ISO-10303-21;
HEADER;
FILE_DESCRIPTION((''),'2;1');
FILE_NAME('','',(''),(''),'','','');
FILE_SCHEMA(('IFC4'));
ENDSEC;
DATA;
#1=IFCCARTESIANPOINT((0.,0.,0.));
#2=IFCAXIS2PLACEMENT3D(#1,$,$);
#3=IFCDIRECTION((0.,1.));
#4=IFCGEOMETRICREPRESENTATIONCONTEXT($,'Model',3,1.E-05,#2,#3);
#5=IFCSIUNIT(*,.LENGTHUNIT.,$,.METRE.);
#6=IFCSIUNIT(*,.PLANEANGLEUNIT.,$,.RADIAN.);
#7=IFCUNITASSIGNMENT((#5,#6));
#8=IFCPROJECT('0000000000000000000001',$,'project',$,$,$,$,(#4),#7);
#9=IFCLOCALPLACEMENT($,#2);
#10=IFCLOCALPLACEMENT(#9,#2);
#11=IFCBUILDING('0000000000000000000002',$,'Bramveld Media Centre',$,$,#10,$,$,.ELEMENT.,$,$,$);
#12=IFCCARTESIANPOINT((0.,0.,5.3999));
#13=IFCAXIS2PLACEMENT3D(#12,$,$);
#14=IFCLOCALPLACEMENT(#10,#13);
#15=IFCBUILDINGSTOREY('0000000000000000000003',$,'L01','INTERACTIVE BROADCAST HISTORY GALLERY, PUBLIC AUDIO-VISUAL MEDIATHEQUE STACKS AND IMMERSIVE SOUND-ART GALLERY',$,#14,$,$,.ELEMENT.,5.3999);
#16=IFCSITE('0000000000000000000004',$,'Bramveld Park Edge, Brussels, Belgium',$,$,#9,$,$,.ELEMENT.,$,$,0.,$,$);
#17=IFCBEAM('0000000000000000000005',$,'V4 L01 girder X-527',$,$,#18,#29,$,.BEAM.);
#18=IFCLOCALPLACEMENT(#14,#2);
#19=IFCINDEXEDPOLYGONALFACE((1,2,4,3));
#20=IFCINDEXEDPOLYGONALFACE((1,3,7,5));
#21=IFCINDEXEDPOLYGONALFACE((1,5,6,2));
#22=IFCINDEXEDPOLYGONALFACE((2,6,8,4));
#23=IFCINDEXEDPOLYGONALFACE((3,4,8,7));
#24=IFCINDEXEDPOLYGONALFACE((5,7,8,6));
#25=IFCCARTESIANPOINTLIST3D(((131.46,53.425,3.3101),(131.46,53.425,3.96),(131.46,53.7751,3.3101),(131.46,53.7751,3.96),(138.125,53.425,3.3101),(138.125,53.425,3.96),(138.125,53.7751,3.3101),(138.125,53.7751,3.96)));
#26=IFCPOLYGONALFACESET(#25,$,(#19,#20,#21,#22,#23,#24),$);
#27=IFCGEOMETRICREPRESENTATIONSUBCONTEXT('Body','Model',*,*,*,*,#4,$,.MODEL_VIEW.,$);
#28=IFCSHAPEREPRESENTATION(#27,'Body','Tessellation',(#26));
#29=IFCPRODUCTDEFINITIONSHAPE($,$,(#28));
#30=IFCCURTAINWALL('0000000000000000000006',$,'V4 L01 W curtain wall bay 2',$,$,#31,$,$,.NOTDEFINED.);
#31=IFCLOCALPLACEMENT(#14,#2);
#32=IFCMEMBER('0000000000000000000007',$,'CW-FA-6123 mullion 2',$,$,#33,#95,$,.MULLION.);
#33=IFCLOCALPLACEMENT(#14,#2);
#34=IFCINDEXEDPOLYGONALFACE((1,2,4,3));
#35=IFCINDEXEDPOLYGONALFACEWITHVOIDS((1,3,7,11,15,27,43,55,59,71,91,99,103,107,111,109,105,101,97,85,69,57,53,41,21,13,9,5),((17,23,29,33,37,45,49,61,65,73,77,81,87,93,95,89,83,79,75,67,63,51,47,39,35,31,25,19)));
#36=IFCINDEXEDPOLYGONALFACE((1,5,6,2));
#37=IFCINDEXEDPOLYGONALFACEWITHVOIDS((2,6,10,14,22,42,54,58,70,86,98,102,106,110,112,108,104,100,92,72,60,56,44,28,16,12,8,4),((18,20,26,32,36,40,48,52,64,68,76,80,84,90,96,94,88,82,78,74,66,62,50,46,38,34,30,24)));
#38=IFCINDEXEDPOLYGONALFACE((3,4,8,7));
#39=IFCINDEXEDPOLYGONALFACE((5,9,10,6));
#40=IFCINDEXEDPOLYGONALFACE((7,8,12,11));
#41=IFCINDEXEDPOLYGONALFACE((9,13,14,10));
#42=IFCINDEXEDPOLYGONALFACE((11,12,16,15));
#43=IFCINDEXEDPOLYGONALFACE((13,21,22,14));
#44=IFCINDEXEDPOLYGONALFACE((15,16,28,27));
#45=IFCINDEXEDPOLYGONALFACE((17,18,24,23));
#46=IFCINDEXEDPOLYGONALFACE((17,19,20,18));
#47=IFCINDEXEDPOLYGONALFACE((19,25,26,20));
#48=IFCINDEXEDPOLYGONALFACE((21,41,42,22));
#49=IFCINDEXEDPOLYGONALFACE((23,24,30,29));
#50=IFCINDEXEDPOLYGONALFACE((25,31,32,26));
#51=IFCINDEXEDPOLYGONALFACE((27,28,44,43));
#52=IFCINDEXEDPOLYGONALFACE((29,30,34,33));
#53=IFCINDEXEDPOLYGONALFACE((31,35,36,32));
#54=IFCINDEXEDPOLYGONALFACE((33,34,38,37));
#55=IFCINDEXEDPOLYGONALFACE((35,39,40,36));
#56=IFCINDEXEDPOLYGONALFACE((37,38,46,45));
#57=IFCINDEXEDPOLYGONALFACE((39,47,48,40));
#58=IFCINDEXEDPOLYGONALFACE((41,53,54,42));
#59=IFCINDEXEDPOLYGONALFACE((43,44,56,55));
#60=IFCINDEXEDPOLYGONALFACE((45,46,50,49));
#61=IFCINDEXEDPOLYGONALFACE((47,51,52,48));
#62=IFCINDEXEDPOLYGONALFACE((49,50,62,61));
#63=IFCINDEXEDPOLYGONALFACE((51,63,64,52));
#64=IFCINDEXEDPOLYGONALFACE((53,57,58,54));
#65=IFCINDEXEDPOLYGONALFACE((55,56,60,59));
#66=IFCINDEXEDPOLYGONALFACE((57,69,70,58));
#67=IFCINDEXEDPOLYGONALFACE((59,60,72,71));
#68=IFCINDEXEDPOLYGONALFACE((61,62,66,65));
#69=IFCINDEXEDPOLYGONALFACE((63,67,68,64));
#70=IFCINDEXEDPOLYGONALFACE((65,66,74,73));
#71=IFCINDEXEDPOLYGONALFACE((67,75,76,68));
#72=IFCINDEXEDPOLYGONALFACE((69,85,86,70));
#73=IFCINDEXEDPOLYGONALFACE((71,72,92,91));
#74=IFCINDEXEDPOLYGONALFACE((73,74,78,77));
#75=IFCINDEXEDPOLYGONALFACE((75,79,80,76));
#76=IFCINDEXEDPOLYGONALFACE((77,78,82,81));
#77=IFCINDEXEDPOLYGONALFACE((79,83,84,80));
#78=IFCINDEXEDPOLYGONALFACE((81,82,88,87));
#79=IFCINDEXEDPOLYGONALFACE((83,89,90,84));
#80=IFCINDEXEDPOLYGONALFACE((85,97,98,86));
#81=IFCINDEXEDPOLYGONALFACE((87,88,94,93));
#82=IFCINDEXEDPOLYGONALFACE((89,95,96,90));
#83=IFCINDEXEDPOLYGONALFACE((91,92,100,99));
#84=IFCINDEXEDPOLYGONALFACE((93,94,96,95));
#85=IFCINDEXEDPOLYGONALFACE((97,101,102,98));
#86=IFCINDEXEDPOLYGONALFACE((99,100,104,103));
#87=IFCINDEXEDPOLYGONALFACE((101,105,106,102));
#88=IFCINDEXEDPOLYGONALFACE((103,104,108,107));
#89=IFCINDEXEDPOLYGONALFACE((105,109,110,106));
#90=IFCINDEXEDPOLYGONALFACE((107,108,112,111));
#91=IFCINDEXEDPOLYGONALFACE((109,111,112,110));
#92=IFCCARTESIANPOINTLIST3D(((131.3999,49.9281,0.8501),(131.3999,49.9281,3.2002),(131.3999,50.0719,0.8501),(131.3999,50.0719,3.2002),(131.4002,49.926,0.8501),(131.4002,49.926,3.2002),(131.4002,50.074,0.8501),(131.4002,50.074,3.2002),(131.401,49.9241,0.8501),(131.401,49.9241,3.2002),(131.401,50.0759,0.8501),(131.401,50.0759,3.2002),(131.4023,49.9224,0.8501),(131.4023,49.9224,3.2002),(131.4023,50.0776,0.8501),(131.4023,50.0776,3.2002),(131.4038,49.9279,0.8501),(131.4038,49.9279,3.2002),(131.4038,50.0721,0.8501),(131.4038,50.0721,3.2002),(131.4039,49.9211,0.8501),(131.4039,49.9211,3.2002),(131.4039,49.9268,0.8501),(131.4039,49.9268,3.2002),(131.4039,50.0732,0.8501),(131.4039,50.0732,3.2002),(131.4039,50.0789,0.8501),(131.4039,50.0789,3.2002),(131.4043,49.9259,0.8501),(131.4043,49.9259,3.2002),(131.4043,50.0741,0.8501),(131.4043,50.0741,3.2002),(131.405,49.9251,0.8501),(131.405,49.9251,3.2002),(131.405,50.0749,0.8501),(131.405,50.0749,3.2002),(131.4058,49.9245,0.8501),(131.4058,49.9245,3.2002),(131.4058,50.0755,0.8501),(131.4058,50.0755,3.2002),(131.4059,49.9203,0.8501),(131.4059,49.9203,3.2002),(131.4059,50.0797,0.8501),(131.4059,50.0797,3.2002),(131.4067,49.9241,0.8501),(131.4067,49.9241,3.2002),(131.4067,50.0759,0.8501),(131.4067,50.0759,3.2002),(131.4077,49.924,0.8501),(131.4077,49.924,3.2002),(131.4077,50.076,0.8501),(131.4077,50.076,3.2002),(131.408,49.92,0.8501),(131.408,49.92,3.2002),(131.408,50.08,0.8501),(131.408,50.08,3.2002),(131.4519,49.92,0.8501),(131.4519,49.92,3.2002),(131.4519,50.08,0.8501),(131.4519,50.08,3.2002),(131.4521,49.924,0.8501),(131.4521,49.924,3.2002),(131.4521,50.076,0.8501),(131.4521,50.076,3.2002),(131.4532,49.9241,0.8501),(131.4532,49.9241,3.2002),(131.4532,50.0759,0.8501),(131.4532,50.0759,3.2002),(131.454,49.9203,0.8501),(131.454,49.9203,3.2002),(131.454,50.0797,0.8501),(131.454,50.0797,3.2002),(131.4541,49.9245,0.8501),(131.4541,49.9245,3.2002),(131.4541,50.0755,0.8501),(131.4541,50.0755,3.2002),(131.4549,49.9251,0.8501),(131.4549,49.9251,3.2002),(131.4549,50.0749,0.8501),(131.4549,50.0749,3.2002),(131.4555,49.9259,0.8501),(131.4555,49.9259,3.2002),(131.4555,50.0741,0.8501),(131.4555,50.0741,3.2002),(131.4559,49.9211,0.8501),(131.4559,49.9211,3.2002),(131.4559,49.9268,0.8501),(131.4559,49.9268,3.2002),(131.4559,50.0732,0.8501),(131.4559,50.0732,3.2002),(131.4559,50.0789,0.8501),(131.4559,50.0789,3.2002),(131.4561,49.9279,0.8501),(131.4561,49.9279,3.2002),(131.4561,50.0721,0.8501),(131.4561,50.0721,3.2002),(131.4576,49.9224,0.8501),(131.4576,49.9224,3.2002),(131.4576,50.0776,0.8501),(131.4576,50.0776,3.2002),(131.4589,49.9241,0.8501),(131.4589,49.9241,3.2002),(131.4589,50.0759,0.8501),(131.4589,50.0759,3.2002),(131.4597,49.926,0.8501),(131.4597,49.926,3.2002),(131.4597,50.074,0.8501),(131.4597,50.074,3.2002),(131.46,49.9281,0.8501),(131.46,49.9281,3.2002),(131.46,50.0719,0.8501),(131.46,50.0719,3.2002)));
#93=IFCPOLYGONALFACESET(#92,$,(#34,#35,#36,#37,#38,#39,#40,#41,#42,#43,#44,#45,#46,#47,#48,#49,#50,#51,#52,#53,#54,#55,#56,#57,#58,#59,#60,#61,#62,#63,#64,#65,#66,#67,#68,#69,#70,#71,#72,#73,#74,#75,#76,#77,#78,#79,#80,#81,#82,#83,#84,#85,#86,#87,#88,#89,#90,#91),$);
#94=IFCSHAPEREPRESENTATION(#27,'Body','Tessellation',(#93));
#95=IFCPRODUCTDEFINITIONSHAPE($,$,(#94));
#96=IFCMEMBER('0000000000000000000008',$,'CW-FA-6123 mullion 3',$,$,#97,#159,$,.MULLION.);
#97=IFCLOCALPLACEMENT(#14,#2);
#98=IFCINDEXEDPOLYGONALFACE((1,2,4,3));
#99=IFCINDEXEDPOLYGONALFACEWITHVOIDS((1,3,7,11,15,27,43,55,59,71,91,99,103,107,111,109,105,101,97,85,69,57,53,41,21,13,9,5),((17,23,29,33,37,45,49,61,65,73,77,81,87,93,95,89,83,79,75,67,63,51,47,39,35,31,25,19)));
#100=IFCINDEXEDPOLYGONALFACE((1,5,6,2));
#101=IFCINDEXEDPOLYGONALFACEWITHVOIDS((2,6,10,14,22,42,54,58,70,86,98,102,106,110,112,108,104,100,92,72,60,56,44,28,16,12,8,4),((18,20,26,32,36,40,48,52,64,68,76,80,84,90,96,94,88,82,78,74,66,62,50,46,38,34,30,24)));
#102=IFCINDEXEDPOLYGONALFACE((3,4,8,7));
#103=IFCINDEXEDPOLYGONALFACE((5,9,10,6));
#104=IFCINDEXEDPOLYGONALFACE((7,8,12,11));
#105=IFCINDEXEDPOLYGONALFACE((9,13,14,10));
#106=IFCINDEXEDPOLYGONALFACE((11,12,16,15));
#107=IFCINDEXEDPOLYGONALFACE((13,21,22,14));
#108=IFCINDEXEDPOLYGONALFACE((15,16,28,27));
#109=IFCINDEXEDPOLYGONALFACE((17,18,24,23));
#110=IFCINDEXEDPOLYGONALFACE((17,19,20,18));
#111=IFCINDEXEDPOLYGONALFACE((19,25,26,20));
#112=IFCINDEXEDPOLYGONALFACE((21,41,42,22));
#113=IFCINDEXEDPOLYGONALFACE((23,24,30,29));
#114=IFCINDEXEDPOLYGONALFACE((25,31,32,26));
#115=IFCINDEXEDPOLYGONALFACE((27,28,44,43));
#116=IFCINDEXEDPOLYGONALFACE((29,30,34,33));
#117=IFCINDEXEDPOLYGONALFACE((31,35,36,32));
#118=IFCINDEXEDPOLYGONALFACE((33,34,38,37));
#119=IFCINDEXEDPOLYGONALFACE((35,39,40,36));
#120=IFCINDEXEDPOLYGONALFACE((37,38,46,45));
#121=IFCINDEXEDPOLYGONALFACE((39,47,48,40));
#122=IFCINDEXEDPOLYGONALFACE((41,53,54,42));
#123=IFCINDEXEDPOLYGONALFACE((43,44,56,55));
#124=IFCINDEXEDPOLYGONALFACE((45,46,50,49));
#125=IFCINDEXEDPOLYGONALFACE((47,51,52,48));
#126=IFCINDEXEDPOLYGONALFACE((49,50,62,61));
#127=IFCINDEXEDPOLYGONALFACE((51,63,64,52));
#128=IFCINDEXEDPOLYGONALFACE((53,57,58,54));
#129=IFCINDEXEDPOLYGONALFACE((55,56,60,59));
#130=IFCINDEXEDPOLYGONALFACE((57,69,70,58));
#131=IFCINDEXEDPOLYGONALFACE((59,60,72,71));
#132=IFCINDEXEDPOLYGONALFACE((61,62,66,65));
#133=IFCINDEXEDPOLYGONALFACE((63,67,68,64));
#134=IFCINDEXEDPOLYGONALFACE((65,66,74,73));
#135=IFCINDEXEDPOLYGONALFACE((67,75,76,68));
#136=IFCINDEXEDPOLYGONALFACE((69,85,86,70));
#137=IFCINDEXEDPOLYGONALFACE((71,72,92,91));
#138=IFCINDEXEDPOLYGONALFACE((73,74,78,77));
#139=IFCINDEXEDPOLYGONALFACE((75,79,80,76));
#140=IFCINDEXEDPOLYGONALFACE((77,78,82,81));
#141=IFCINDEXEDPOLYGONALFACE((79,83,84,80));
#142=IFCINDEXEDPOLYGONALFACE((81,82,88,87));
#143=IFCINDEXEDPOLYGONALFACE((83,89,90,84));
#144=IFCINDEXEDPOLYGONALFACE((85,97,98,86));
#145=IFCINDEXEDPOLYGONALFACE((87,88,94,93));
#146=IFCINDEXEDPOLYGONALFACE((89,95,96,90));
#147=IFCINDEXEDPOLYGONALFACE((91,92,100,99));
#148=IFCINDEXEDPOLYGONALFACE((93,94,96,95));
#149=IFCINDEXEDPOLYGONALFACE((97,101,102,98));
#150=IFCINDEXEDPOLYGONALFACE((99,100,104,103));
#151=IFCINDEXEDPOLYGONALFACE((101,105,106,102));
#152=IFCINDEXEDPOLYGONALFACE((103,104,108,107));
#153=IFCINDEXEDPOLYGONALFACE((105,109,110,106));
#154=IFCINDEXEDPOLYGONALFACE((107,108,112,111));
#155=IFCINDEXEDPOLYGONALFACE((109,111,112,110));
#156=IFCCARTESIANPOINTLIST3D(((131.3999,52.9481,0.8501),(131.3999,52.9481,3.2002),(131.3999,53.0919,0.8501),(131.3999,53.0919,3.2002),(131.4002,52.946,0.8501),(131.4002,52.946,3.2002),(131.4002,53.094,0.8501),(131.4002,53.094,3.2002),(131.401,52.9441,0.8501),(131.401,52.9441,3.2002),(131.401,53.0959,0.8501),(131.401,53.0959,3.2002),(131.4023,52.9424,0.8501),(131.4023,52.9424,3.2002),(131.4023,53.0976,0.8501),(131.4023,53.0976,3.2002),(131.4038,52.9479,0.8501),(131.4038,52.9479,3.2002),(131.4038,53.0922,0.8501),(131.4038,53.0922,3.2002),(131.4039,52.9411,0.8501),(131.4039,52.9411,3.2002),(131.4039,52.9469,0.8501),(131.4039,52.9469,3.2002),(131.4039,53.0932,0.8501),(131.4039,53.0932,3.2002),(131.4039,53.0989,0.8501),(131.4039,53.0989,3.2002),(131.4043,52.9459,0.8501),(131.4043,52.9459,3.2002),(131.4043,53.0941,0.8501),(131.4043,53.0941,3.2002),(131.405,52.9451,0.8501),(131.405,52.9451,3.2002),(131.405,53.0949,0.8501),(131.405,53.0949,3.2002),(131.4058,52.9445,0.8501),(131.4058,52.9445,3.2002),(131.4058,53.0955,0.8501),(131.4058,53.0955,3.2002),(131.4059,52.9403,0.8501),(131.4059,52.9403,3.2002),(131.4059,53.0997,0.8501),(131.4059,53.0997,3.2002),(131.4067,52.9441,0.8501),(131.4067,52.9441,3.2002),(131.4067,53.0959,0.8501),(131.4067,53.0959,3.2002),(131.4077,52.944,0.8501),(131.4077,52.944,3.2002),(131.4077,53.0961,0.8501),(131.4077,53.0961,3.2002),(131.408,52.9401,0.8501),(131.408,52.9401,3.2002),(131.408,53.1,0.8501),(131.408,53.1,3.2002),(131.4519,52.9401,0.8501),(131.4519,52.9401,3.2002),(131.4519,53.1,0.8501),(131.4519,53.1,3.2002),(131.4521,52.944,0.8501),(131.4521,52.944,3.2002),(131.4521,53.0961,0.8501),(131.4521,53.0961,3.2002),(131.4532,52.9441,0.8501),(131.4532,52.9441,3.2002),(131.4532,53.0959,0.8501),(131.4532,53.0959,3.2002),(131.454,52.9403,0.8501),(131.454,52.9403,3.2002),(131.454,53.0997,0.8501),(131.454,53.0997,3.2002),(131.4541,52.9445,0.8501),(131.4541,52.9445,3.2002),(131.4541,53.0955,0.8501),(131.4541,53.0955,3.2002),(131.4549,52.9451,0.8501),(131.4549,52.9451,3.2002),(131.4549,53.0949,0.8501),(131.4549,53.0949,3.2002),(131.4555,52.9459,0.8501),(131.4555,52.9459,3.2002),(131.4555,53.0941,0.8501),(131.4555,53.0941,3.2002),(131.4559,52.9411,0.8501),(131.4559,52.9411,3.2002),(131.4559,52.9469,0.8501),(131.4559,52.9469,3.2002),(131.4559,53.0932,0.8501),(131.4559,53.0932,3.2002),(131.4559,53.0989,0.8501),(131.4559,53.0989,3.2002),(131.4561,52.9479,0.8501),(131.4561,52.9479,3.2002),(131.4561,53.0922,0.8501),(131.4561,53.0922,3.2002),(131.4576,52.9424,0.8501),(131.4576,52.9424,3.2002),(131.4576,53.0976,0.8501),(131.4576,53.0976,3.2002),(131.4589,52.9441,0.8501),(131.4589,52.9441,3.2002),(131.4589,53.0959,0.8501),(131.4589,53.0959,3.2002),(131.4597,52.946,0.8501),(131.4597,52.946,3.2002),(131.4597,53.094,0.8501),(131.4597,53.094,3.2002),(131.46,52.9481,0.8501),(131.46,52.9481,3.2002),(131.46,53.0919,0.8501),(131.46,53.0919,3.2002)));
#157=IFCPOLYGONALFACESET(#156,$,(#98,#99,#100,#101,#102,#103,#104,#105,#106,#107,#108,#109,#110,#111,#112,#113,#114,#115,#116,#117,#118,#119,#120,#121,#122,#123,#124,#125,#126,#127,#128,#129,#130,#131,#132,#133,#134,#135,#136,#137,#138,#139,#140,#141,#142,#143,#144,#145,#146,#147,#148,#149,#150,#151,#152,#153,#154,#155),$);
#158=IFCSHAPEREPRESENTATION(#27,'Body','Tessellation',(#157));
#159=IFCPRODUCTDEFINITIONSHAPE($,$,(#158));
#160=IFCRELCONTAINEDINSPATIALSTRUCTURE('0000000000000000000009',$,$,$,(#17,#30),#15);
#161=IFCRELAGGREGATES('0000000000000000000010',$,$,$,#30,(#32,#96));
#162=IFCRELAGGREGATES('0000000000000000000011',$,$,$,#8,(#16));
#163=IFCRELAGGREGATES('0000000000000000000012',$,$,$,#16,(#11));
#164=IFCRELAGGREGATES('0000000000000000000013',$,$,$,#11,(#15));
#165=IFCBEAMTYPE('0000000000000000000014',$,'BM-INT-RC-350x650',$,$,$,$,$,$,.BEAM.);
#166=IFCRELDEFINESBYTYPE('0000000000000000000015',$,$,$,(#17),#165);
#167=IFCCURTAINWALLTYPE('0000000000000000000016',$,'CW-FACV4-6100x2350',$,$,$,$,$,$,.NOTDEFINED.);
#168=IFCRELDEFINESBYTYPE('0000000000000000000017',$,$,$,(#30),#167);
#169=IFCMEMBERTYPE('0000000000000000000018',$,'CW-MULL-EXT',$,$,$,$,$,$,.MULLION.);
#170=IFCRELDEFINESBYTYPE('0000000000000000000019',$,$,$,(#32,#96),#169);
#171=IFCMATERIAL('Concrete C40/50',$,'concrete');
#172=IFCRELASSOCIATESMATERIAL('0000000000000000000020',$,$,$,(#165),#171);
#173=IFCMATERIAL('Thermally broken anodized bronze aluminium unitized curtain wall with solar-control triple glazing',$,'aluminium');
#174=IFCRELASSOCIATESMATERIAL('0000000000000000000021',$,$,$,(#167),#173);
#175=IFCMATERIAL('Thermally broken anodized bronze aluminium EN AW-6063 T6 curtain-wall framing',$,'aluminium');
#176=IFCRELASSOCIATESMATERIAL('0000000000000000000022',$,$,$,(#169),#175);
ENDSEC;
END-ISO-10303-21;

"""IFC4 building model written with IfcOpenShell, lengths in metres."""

from ifc_helpers import new_model, si_unit, direction, frame, origin, origin_2d, place, context, subcontext, project, spatial, rectangle, hollow_rectangle, extrude, material, material_profile, profile_set, type_object, element, aggregate, save


model = new_model("IFC4")

# Units and contexts
model_context = context("Model", 3, precision=1e-05, world=origin(), true_north=direction((0.0, 1.0)))
body_context = subcontext(model_context, "Body", "Model", "MODEL_VIEW")
ifc_project = project(units=[si_unit("LENGTHUNIT", "METRE"), si_unit("PLANEANGLEUNIT", "RADIAN")], contexts=[model_context])

# Site, building, storey
site_placement = place(None, origin())
site = spatial("IfcSite", under=ifc_project, at=site_placement, Name="Bramveld Park Edge, Brussels, Belgium", CompositionType="ELEMENT", RefElevation=0.0)
building_placement = place(site_placement, origin())
building = spatial("IfcBuilding", under=site, at=building_placement, Name="Bramveld Media Centre", CompositionType="ELEMENT")
storey_placement = place(building_placement, frame((0.0, 0.0, 5.3999)))
storey = spatial("IfcBuildingStorey", under=building, at=storey_placement, Name="L01", Description="INTERACTIVE BROADCAST HISTORY GALLERY, PUBLIC AUDIO-VISUAL MEDIATHEQUE STACKS AND IMMERSIVE SOUND-ART GALLERY", CompositionType="ELEMENT", Elevation=5.3999)

# Beam
ifc_material_1 = material(Name="Concrete C40/50", Category="concrete")
ifc_material_profile_1 = material_profile(ifc_material_1, rectangle(XDim=0.3501, YDim=0.6499, at=origin_2d()), Name="RC 350x650")
ifc_profile_set_1 = profile_set([ifc_material_profile_1], Name="Concrete C40/50")
beam_type_1 = type_object("IfcBeamType", Name="BM-INT-RC-350x650", PredefinedType="BEAM", material=ifc_profile_set_1)
beam_1_placement = place(storey_placement, frame((131.46, 53.6001, 3.635), z_axis=(1.0, 0.0, 0.0), x_axis=(0.0, 1.0, 0.0)))
element("IfcBeam", 1, at=beam_1_placement, inside=storey, type_object=beam_type_1, Name="V4 L01 girder X-527", PredefinedType="BEAM", context=body_context, shape_type="SweptSolid", body=[
    extrude(rectangle(XDim=0.3501, YDim=0.6499, at=origin_2d()), origin(), (0.0, 0.0, 1.0), 6.665),
])

# Curtain wall, members
ifc_material_2 = material(Name="Thermally broken anodized bronze aluminium unitized curtain wall with solar-control triple glazing", Category="aluminium")
curtain_wall_type = type_object("IfcCurtainWallType", Name="CW-FACV4-6100x2350", PredefinedType="NOTDEFINED", material=ifc_material_2)
curtain_wall_1_placement = place(storey_placement, origin())
curtain_wall_1 = element("IfcCurtainWall", 2, at=curtain_wall_1_placement, inside=storey, type_object=curtain_wall_type, Name="V4 L01 W curtain wall bay 2", PredefinedType="NOTDEFINED")
ifc_material_3 = material(Name="Thermally broken anodized bronze aluminium EN AW-6063 T6 curtain-wall framing", Category="aluminium")
ifc_material_profile_2 = material_profile(ifc_material_3, hollow_rectangle(XDim=0.0601, YDim=0.1599, WallThickness=0.0039, InnerFilletRadius=0.0039, OuterFilletRadius=0.0081, at=origin_2d()), Name="AL-MULL 60x160")
ifc_profile_set_2 = profile_set([ifc_material_profile_2], Name="Thermally broken anodized bronze aluminium EN AW-6063 T6 curtain-wall framing")
member_type_1 = type_object("IfcMemberType", Name="CW-MULL-EXT", PredefinedType="MULLION", material=ifc_profile_set_2)
member_1_placement = place(storey_placement, frame((131.4299, 50.0, 0.8501), z_axis=(0.0, 0.0, 1.0), x_axis=(-1.0, 0.0, 0.0)))
member_1 = element("IfcMember", 3, at=member_1_placement, type_object=member_type_1, Name="CW-FA-6123 mullion 2", PredefinedType="MULLION", context=body_context, shape_type="SweptSolid", body=[
    extrude(hollow_rectangle(XDim=0.0601, YDim=0.1599, WallThickness=0.0039, InnerFilletRadius=0.0039, OuterFilletRadius=0.0081, at=origin_2d()), origin(), (0.0, 0.0, 1.0), 2.3501),
])
member_2_placement = place(storey_placement, frame((131.4299, 53.02, 0.8501), z_axis=(0.0, 0.0, 1.0), x_axis=(-1.0, 0.0, 0.0)))
member_2 = element("IfcMember", 4, at=member_2_placement, type_object=member_type_1, Name="CW-FA-6123 mullion 3", PredefinedType="MULLION", context=body_context, shape_type="SweptSolid", body=[
    extrude(hollow_rectangle(XDim=0.0601, YDim=0.1599, WallThickness=0.0039, InnerFilletRadius=0.0039, OuterFilletRadius=0.0081, at=origin_2d()), origin(), (0.0, 0.0, 1.0), 2.3501),
])

aggregate(curtain_wall_1, [member_1, member_2])

save(model, "model.ifc")
